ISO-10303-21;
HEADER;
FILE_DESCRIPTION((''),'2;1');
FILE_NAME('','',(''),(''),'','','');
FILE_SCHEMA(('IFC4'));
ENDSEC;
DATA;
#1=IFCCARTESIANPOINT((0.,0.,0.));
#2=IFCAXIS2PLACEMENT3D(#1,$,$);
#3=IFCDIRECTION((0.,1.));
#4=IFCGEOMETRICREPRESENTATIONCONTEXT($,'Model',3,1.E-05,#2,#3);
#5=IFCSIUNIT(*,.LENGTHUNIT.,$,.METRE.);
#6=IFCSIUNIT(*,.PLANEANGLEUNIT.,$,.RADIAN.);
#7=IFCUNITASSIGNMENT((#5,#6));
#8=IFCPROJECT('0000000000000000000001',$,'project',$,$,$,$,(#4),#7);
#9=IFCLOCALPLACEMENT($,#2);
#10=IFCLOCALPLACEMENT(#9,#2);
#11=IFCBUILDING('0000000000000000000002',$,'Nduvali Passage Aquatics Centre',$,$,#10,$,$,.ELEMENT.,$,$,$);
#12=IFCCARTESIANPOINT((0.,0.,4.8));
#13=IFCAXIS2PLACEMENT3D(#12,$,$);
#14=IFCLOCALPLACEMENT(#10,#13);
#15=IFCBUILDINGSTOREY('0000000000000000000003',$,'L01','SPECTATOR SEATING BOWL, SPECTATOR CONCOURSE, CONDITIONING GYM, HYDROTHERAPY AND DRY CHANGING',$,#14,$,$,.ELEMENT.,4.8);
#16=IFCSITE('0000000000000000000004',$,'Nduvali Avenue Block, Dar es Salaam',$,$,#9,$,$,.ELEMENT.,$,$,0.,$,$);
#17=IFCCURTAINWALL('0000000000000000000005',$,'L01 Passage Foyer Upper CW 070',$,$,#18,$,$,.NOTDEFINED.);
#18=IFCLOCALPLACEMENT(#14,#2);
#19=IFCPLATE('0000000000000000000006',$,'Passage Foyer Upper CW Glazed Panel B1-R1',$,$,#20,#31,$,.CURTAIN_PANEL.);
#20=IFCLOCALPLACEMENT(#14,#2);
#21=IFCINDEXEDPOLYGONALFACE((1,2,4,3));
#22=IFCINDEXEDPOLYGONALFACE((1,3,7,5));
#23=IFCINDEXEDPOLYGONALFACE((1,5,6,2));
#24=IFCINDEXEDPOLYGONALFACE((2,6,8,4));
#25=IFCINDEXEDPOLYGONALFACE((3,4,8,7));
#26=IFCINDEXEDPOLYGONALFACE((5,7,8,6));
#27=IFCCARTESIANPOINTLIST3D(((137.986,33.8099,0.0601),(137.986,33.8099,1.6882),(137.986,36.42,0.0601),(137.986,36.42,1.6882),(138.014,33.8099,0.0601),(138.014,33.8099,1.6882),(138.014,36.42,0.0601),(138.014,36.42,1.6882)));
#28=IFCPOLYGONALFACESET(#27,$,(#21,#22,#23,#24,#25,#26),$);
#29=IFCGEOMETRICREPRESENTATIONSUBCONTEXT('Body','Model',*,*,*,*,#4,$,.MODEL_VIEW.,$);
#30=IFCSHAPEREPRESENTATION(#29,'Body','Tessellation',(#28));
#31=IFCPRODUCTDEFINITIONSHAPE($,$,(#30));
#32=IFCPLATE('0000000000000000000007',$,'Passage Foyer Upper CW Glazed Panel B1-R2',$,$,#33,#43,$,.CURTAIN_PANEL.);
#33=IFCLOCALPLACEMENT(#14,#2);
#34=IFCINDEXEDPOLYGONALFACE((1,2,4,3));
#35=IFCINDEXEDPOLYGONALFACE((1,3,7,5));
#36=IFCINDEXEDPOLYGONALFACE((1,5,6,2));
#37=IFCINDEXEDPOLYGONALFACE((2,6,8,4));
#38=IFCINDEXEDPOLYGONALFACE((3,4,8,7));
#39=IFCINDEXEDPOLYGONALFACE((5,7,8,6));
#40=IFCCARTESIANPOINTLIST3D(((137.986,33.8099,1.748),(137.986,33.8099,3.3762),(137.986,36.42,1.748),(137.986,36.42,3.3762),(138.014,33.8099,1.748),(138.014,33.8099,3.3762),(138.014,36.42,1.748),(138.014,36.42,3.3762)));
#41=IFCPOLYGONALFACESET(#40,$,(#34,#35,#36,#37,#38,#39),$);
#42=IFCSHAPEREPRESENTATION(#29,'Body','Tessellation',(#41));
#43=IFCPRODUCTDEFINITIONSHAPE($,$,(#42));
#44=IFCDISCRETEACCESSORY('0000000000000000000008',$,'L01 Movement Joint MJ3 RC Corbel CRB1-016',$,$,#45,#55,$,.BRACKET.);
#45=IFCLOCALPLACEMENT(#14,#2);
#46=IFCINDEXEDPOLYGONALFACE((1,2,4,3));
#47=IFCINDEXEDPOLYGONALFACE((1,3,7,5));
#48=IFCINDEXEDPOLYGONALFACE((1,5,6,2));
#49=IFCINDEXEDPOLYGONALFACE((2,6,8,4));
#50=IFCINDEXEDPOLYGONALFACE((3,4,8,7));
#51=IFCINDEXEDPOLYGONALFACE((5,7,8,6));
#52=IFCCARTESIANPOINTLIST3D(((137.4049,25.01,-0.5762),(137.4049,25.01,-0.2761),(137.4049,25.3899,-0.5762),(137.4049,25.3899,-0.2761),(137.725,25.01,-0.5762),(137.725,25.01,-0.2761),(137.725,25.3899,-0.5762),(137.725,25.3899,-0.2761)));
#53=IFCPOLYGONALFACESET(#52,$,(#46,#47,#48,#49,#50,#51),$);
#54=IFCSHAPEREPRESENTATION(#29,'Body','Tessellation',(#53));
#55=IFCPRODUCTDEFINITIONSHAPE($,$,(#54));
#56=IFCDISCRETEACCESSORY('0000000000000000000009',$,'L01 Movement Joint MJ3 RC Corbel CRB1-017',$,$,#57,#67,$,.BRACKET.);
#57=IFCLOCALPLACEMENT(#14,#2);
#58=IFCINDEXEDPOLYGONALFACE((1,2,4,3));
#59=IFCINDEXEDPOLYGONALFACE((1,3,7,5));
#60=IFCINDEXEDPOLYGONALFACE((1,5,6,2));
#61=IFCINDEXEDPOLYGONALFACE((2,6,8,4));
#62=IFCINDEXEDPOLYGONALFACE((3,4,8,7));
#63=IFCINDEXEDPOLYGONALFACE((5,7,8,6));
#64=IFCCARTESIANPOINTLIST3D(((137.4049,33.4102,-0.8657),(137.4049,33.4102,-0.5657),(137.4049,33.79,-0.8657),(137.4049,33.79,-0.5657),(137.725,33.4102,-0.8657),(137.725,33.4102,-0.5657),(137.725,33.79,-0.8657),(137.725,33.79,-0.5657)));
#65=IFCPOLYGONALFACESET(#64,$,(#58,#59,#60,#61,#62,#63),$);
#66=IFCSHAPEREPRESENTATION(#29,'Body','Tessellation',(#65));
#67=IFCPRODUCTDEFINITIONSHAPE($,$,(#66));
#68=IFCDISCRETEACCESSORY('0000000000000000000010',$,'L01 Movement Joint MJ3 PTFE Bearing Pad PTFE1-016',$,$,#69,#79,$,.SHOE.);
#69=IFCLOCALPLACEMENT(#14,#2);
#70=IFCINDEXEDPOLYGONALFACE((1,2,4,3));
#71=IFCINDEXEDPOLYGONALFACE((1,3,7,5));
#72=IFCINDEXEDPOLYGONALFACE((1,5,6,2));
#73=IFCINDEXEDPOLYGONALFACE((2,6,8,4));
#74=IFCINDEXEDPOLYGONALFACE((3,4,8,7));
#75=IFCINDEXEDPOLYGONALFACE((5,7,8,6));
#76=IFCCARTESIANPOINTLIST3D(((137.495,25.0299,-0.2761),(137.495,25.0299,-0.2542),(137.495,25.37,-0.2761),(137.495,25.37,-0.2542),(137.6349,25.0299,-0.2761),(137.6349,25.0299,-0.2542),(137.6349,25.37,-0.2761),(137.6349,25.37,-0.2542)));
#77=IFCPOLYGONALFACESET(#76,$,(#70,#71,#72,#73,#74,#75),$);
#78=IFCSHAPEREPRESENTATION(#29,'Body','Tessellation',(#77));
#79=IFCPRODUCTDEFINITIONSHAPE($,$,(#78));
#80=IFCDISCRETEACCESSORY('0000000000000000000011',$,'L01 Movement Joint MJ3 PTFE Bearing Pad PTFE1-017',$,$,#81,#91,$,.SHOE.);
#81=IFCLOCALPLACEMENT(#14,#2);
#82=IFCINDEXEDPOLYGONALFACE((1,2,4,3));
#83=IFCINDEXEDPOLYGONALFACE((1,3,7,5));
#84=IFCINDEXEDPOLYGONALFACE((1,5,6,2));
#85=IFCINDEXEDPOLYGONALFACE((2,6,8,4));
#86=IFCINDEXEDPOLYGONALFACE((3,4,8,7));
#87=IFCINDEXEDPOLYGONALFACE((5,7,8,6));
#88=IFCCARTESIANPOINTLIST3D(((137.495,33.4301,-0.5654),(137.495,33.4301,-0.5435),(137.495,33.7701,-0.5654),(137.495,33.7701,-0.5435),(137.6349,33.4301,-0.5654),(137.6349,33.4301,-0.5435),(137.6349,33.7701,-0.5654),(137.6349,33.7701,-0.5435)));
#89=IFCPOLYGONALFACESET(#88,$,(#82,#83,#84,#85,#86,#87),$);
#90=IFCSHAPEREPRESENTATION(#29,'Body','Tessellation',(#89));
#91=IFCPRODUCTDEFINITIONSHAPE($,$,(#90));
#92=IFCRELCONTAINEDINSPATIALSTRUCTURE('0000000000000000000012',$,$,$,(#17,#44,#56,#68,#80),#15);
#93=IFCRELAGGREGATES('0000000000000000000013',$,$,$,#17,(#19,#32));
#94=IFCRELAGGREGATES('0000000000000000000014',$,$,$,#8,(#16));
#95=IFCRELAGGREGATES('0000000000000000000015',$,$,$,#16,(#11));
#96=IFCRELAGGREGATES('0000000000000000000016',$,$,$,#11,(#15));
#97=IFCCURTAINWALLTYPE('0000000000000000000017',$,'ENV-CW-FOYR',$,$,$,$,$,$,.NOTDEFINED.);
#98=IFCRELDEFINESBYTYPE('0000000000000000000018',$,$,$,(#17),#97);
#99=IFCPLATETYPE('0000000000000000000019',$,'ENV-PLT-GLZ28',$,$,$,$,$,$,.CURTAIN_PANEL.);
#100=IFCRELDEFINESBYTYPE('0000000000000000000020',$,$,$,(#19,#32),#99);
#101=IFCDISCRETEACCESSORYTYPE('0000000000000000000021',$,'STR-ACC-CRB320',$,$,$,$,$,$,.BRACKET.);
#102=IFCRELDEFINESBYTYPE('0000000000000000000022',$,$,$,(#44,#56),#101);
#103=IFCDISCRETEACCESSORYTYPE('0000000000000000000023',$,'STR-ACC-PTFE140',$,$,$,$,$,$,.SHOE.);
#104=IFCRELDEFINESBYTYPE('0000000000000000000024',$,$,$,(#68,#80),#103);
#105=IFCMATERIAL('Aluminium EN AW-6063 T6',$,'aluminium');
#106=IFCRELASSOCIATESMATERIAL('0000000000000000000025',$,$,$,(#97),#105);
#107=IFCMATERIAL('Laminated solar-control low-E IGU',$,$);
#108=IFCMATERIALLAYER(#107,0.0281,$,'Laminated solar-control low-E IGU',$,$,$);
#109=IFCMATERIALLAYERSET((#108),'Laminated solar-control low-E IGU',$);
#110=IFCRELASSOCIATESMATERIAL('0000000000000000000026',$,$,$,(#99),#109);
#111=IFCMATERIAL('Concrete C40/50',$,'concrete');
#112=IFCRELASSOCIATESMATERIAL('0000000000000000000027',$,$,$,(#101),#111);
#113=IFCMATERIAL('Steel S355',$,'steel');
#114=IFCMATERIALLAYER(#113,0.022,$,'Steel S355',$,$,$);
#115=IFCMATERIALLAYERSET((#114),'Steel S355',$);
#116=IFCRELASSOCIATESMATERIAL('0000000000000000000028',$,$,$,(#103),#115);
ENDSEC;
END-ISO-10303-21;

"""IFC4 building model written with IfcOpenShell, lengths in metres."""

from ifc_helpers import new_model, si_unit, direction, frame, origin, origin_2d, place, context, subcontext, project, spatial, rectangle, extrude, material, layer, layer_set, type_object, element, aggregate, save


model = new_model("IFC4")

# Units and contexts
model_context = context("Model", 3, precision=1e-05, world=origin(), true_north=direction((0.0, 1.0)))
body_context = subcontext(model_context, "Body", "Model", "MODEL_VIEW")
ifc_project = project(units=[si_unit("LENGTHUNIT", "METRE"), si_unit("PLANEANGLEUNIT", "RADIAN")], contexts=[model_context])

# Site, building, storey
site_placement = place(None, origin())
site = spatial("IfcSite", under=ifc_project, at=site_placement, Name="Nduvali Avenue Block, Dar es Salaam", CompositionType="ELEMENT", RefElevation=0.0)
building_placement = place(site_placement, origin())
building = spatial("IfcBuilding", under=site, at=building_placement, Name="Nduvali Passage Aquatics Centre", CompositionType="ELEMENT")
storey_placement = place(building_placement, frame((0.0, 0.0, 4.8)))
storey = spatial("IfcBuildingStorey", under=building, at=storey_placement, Name="L01", Description="SPECTATOR SEATING BOWL, SPECTATOR CONCOURSE, CONDITIONING GYM, HYDROTHERAPY AND DRY CHANGING", CompositionType="ELEMENT", Elevation=4.8)

# Shared definitions
ifc_material_1 = material(Name="Steel S355", Category="steel")

# Curtain wall
ifc_material_2 = material(Name="Aluminium EN AW-6063 T6", Category="aluminium")
curtain_wall_type = type_object("IfcCurtainWallType", Name="ENV-CW-FOYR", PredefinedType="NOTDEFINED", material=ifc_material_2)
curtain_wall_1_placement = place(storey_placement, origin())
curtain_wall_1 = element("IfcCurtainWall", 1, at=curtain_wall_1_placement, inside=storey, type_object=curtain_wall_type, Name="L01 Passage Foyer Upper CW 070", PredefinedType="NOTDEFINED")

# Plates
ifc_material_3 = material(Name="Laminated solar-control low-E IGU")
ifc_layer_1 = layer(ifc_material_3, 0.0281, Name="Laminated solar-control low-E IGU")
ifc_layer_set_1 = layer_set([ifc_layer_1], Name="Laminated solar-control low-E IGU")
plate_type = type_object("IfcPlateType", Name="ENV-PLT-GLZ28", PredefinedType="CURTAIN_PANEL", material=ifc_layer_set_1)
plate_1_placement = place(storey_placement, frame((138.0, 35.115, 0.0601), z_axis=(0.0, 0.0, 1.0), x_axis=(0.0, 1.0, 0.0)))
plate_1 = element("IfcPlate", 2, at=plate_1_placement, type_object=plate_type, Name="Passage Foyer Upper CW Glazed Panel B1-R1", PredefinedType="CURTAIN_PANEL", context=body_context, shape_type="SweptSolid", body=[
    extrude(rectangle(XDim=2.6101, YDim=0.0281, at=origin_2d()), origin(), (0.0, 0.0, 1.0), 1.6282),
])
plate_2_placement = place(storey_placement, frame((138.0, 35.115, 1.748), z_axis=(0.0, 0.0, 1.0), x_axis=(0.0, 1.0, 0.0)))
plate_2 = element("IfcPlate", 3, at=plate_2_placement, type_object=plate_type, Name="Passage Foyer Upper CW Glazed Panel B1-R2", PredefinedType="CURTAIN_PANEL", context=body_context, shape_type="SweptSolid", body=[
    extrude(rectangle(XDim=2.6101, YDim=0.0281, at=origin_2d()), origin(), (0.0, 0.0, 1.0), 1.6282),
])
aggregate(curtain_wall_1, [plate_1, plate_2])

# Discrete accessories
ifc_material_4 = material(Name="Concrete C40/50", Category="concrete")
discrete_accessory_type_1 = type_object("IfcDiscreteAccessoryType", Name="STR-ACC-CRB320", PredefinedType="BRACKET", material=ifc_material_4)
for number, where, z_axis, x_axis, name in (
    (4, (137.5649, 25.2, -0.5762), (0.0, 0.0, 1.0), (1.0, 0.0, 0.0), "L01 Movement Joint MJ3 RC Corbel CRB1-016"),
    (5, (137.5649, 33.6001, -0.8657), (0.0, 0.0, 1.0), (1.0, 0.0, 0.0), "L01 Movement Joint MJ3 RC Corbel CRB1-017"),
):
    element("IfcDiscreteAccessory", number, at=place(storey_placement, frame(where, z_axis=z_axis, x_axis=x_axis)), inside=storey, type_object=discrete_accessory_type_1, Name=name, PredefinedType="BRACKET", context=body_context, shape_type="SweptSolid", body=[
        extrude(rectangle(XDim=0.3201, YDim=0.3799, at=origin_2d()), origin(), (0.0, 0.0, 1.0), 0.3),
    ])
ifc_layer_2 = layer(ifc_material_1, 0.022, Name="Steel S355")
ifc_layer_set_2 = layer_set([ifc_layer_2], Name="Steel S355")
discrete_accessory_type_2 = type_object("IfcDiscreteAccessoryType", Name="STR-ACC-PTFE140", PredefinedType="SHOE", material=ifc_layer_set_2)
for number, where, z_axis, x_axis, name in (
    (6, (137.5649, 25.2, -0.2761), (0.0, 0.0, 1.0), (1.0, 0.0, 0.0), "L01 Movement Joint MJ3 PTFE Bearing Pad PTFE1-016"),
    (7, (137.5649, 33.6001, -0.5654), (0.0, 0.0, 1.0), (1.0, 0.0, 0.0), "L01 Movement Joint MJ3 PTFE Bearing Pad PTFE1-017"),
):
    element("IfcDiscreteAccessory", number, at=place(storey_placement, frame(where, z_axis=z_axis, x_axis=x_axis)), inside=storey, type_object=discrete_accessory_type_2, Name=name, PredefinedType="SHOE", context=body_context, shape_type="SweptSolid", body=[
        extrude(rectangle(XDim=0.1399, YDim=0.3401, at=origin_2d()), origin(), (0.0, 0.0, 1.0), 0.022),
    ])

save(model, "model.ifc")
